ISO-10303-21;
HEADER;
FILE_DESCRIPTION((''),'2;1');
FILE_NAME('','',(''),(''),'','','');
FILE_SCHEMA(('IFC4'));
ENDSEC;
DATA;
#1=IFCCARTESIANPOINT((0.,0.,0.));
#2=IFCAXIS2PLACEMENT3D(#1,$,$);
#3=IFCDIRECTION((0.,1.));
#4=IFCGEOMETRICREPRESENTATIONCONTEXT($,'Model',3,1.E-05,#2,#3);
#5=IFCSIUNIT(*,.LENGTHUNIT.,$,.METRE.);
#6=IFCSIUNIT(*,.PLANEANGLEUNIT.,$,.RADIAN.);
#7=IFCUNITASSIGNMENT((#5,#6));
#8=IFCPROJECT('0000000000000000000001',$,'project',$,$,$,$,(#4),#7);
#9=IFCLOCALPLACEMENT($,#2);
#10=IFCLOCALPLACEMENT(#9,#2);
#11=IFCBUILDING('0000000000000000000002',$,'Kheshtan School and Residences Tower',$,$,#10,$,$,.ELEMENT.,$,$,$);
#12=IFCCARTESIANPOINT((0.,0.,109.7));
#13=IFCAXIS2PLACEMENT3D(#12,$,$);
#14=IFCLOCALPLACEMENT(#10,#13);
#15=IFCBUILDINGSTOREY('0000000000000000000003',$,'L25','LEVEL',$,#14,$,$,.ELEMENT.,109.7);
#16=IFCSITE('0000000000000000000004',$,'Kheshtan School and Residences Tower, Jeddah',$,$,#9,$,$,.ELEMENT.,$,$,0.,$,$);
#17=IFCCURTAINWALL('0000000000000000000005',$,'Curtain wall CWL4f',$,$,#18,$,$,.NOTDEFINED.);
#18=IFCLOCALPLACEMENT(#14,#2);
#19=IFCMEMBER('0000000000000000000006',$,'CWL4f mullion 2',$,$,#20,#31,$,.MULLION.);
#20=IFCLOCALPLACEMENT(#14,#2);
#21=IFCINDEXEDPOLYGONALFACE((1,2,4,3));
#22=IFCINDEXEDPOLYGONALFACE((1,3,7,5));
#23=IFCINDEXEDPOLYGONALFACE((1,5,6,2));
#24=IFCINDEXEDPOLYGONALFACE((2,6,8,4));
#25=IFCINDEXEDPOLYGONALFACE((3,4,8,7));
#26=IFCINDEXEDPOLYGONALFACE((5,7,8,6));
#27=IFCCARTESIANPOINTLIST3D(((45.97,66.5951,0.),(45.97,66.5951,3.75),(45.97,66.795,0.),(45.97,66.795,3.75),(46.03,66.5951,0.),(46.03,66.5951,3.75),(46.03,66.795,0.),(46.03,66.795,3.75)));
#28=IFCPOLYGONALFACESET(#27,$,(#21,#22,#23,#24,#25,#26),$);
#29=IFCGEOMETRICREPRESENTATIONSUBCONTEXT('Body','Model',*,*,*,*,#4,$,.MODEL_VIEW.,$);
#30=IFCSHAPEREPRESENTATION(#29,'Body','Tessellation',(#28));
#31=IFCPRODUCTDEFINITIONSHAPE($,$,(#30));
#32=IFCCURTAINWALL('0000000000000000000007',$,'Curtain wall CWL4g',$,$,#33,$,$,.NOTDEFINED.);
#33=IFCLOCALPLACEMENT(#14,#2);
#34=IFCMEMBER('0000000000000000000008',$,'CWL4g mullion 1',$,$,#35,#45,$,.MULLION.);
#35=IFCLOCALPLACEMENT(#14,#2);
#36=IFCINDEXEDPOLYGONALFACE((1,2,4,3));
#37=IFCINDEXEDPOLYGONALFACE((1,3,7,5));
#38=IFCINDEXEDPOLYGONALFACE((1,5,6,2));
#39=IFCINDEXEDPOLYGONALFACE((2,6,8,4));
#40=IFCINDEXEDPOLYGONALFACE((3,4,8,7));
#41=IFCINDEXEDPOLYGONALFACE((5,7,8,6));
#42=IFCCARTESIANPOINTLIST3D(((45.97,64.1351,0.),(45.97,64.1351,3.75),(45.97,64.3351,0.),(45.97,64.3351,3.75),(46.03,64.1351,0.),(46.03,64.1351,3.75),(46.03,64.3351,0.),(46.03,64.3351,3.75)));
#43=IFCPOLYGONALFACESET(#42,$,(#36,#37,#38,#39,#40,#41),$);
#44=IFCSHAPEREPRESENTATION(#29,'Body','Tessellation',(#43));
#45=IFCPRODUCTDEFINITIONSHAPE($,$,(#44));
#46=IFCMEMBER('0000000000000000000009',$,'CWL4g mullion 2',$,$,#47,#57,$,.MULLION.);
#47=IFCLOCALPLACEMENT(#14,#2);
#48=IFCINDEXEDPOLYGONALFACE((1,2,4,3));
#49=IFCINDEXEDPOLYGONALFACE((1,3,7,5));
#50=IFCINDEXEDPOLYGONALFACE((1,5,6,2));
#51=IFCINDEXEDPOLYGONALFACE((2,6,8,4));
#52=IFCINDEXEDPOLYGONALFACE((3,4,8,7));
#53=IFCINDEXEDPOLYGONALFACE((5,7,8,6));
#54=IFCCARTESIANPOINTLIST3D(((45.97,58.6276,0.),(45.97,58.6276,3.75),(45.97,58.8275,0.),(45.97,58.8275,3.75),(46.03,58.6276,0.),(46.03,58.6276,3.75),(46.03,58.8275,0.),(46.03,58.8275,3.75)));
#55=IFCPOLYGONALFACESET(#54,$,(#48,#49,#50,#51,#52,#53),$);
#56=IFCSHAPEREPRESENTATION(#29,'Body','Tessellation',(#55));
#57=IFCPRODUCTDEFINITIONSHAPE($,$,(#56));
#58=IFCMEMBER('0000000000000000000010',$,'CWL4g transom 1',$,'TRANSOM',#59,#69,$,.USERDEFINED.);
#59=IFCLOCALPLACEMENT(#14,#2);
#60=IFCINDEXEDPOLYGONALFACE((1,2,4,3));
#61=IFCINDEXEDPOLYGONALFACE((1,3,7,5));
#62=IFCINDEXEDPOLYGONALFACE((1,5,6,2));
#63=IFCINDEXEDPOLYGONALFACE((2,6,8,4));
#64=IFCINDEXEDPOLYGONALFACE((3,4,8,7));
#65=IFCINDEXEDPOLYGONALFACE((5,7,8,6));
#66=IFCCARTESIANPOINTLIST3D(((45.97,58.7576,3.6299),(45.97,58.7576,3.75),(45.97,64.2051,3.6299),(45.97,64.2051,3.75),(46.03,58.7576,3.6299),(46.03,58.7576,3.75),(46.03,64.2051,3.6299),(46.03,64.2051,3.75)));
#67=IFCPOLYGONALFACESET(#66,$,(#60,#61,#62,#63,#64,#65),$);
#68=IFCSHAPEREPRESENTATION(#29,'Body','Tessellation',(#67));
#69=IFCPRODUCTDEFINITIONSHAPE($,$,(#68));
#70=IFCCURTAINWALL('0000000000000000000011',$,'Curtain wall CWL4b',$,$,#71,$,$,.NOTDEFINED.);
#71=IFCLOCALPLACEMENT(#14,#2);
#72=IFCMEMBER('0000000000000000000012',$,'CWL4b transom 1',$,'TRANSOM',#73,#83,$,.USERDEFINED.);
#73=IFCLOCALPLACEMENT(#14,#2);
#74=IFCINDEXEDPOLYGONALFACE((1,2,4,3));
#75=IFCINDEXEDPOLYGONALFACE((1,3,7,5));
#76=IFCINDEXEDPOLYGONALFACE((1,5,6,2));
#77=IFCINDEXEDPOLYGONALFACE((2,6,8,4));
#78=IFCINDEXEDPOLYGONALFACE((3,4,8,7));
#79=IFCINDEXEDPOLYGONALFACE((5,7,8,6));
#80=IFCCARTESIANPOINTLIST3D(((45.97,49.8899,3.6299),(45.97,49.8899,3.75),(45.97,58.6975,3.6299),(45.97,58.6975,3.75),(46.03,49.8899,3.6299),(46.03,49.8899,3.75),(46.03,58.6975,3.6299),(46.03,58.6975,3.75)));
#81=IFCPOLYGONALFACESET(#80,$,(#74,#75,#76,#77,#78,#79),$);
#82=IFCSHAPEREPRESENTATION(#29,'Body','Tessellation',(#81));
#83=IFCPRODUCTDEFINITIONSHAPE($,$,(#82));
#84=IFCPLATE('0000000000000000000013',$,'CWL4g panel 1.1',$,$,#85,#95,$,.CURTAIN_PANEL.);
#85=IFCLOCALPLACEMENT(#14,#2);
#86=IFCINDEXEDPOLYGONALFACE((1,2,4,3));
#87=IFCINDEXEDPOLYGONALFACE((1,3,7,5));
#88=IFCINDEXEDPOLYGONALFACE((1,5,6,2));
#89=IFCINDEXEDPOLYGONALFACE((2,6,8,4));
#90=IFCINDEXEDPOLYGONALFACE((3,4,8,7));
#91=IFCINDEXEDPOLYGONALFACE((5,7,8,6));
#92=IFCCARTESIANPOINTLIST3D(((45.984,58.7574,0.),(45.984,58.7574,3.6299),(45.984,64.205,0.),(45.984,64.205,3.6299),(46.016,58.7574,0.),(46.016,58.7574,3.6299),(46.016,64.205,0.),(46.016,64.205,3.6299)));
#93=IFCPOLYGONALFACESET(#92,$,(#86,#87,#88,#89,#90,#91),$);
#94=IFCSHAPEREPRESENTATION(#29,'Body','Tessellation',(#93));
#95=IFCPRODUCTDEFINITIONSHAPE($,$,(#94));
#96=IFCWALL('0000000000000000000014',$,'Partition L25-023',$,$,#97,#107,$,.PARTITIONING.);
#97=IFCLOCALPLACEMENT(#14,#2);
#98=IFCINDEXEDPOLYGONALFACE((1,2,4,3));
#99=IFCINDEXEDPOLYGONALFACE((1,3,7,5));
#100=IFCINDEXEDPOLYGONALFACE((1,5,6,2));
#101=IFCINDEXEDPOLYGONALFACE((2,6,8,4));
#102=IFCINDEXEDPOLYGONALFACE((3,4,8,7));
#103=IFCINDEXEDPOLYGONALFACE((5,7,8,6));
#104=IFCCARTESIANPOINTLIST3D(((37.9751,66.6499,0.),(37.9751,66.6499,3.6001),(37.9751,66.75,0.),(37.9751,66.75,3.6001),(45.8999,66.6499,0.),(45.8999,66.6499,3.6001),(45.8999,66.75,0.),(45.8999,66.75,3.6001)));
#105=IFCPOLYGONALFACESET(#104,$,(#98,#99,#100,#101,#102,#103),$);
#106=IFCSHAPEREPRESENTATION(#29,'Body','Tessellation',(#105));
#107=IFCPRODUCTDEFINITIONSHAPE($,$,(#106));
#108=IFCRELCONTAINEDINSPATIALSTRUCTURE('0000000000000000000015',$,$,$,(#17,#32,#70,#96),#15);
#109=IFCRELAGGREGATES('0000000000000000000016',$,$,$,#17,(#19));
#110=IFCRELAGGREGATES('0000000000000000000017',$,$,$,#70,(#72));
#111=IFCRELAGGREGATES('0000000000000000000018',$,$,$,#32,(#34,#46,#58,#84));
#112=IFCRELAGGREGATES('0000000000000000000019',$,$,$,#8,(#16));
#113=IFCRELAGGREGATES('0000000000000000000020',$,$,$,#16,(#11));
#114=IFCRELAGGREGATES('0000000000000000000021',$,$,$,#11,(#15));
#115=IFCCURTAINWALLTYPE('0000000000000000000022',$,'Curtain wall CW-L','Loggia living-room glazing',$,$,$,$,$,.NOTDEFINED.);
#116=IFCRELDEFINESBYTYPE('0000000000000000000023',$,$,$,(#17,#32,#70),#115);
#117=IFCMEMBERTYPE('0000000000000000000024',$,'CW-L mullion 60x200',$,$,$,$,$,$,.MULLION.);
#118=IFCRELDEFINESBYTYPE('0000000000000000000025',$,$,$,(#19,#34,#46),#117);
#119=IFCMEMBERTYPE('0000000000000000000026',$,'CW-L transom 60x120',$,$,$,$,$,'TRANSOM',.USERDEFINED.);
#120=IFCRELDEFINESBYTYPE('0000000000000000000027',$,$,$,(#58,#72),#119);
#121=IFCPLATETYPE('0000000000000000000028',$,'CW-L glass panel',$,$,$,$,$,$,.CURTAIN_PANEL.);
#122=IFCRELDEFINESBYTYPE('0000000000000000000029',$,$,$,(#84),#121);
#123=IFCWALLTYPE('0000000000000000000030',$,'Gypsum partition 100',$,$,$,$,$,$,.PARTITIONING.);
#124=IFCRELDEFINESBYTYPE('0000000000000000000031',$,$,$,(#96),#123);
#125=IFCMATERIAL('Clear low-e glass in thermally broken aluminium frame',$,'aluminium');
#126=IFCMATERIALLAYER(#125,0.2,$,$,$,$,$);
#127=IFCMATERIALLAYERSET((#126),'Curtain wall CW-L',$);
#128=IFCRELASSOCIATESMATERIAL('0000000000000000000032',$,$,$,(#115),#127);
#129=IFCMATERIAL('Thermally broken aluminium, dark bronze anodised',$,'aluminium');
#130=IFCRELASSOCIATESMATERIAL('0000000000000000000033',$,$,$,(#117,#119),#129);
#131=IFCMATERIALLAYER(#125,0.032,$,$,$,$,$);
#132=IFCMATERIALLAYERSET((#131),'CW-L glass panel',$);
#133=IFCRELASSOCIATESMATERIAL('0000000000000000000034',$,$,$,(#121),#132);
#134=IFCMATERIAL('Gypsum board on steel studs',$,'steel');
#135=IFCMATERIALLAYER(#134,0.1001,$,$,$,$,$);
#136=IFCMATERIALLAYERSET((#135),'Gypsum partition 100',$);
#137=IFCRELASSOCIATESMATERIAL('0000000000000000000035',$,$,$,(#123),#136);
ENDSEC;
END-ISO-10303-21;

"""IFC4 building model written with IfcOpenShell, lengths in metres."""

from ifc_helpers import new_model, si_unit, direction, frame, frame_2d, origin, origin_2d, place, context, subcontext, project, spatial, rectangle, extrude, material, layer, layer_set, material_profile, profile_set, type_object, element, aggregate, save


model = new_model("IFC4")

# Units and contexts
model_context = context("Model", 3, precision=1e-05, world=origin(), true_north=direction((0.0, 1.0)))
body_context = subcontext(model_context, "Body", "Model", "MODEL_VIEW")
ifc_project = project(units=[si_unit("LENGTHUNIT", "METRE"), si_unit("PLANEANGLEUNIT", "RADIAN")], contexts=[model_context])

# Site, building, storey
site_placement = place(None, origin())
site = spatial("IfcSite", under=ifc_project, at=site_placement, Name="Kheshtan School and Residences Tower, Jeddah", CompositionType="ELEMENT", RefElevation=0.0)
building_placement = place(site_placement, origin())
building = spatial("IfcBuilding", under=site, at=building_placement, Name="Kheshtan School and Residences Tower", CompositionType="ELEMENT")
storey_placement = place(building_placement, frame((0.0, 0.0, 109.7)))
storey = spatial("IfcBuildingStorey", under=building, at=storey_placement, Name="L25", Description="LEVEL", CompositionType="ELEMENT", Elevation=109.7)

# Curtain wall, member
ifc_material_1 = material(Name="Clear low-e glass in thermally broken aluminium frame", Category="aluminium")
ifc_layer_1 = layer(ifc_material_1, 0.2)
ifc_layer_set_1 = layer_set([ifc_layer_1], Name="Curtain wall CW-L")
curtain_wall_type = type_object("IfcCurtainWallType", Name="Curtain wall CW-L", Description="Loggia living-room glazing", PredefinedType="NOTDEFINED", material=ifc_layer_set_1)
curtain_wall_1_placement = place(storey_placement, origin())
curtain_wall_1 = element("IfcCurtainWall", 1, at=curtain_wall_1_placement, inside=storey, type_object=curtain_wall_type, Name="Curtain wall CWL4f", PredefinedType="NOTDEFINED")
ifc_material_2 = material(Name="Thermally broken aluminium, dark bronze anodised", Category="aluminium")
ifc_material_profile_1 = material_profile(ifc_material_2, rectangle(XDim=0.0601, YDim=0.2, at=origin_2d()), Name="CW-L mullion 60x200")
ifc_profile_set_1 = profile_set([ifc_material_profile_1], Name="Thermally broken aluminium, dark bronze anodised")
member_type_1 = type_object("IfcMemberType", Name="CW-L mullion 60x200", PredefinedType="MULLION", material=ifc_profile_set_1)
member_1_placement = place(storey_placement, frame((46.0, 66.6951, 0.0), z_axis=(0.0, 0.0, 1.0), x_axis=(1.0, 0.0, 0.0)))
member_1 = element("IfcMember", 2, at=member_1_placement, type_object=member_type_1, Name="CWL4f mullion 2", PredefinedType="MULLION", context=body_context, shape_type="SweptSolid", body=[
    extrude(rectangle(XDim=0.0601, YDim=0.2, at=origin_2d()), origin(), (0.0, 0.0, 1.0), 3.75),
])
aggregate(curtain_wall_1, [member_1])

# Curtain wall, members
curtain_wall_2_placement = place(storey_placement, origin())
curtain_wall_2 = element("IfcCurtainWall", 3, at=curtain_wall_2_placement, inside=storey, type_object=curtain_wall_type, Name="Curtain wall CWL4g", PredefinedType="NOTDEFINED")
member_2_placement = place(storey_placement, frame((46.0, 64.2351, 0.0), z_axis=(0.0, 0.0, 1.0), x_axis=(1.0, 0.0, 0.0)))
member_2 = element("IfcMember", 4, at=member_2_placement, type_object=member_type_1, Name="CWL4g mullion 1", PredefinedType="MULLION", context=body_context, shape_type="SweptSolid", body=[
    extrude(rectangle(XDim=0.0601, YDim=0.2, at=origin_2d()), origin(), (0.0, 0.0, 1.0), 3.75),
])
member_3_placement = place(storey_placement, frame((46.0, 58.7275, 0.0), z_axis=(0.0, 0.0, 1.0), x_axis=(1.0, 0.0, 0.0)))
member_3 = element("IfcMember", 5, at=member_3_placement, type_object=member_type_1, Name="CWL4g mullion 2", PredefinedType="MULLION", context=body_context, shape_type="SweptSolid", body=[
    extrude(rectangle(XDim=0.0601, YDim=0.2, at=origin_2d()), origin(), (0.0, 0.0, 1.0), 3.75),
])
ifc_material_profile_2 = material_profile(ifc_material_2, rectangle(XDim=0.0601, YDim=0.1201, at=origin_2d()), Name="CW-L transom 60x120")
ifc_profile_set_2 = profile_set([ifc_material_profile_2], Name="Thermally broken aluminium, dark bronze anodised")
member_type_2 = type_object("IfcMemberType", Name="CW-L transom 60x120", ElementType="TRANSOM", PredefinedType="USERDEFINED", material=ifc_profile_set_2)
member_4_placement = place(storey_placement, frame((46.0, 64.2051, 3.6899), z_axis=(0.0, -1.0, 0.0), x_axis=(1.0, 0.0, 0.0)))
member_4 = element("IfcMember", 6, at=member_4_placement, type_object=member_type_2, Name="CWL4g transom 1", ObjectType="TRANSOM", PredefinedType="USERDEFINED", context=body_context, shape_type="SweptSolid", body=[
    extrude(rectangle(XDim=0.0601, YDim=0.1201, at=origin_2d()), origin(), (0.0, 0.0, 1.0), 5.4475),
])

# Curtain wall, member
curtain_wall_3_placement = place(storey_placement, origin())
curtain_wall_3 = element("IfcCurtainWall", 7, at=curtain_wall_3_placement, inside=storey, type_object=curtain_wall_type, Name="Curtain wall CWL4b", PredefinedType="NOTDEFINED")
member_5_placement = place(storey_placement, frame((46.0, 58.6975, 3.6899), z_axis=(0.0, -1.0, 0.0), x_axis=(1.0, 0.0, 0.0)))
member_5 = element("IfcMember", 8, at=member_5_placement, type_object=member_type_2, Name="CWL4b transom 1", ObjectType="TRANSOM", PredefinedType="USERDEFINED", context=body_context, shape_type="SweptSolid", body=[
    extrude(rectangle(XDim=0.0601, YDim=0.1201, at=origin_2d()), origin(), (0.0, 0.0, 1.0), 8.8076),
])
aggregate(curtain_wall_3, [member_5])

# Plate
ifc_layer_2 = layer(ifc_material_1, 0.032)
ifc_layer_set_2 = layer_set([ifc_layer_2], Name="CW-L glass panel")
plate_type = type_object("IfcPlateType", Name="CW-L glass panel", PredefinedType="CURTAIN_PANEL", material=ifc_layer_set_2)
plate_placement = place(storey_placement, frame((46.0, 61.4812, 0.0), z_axis=(0.0, 0.0, 1.0), x_axis=(0.0, -1.0, 0.0)))
plate = element("IfcPlate", 9, at=plate_placement, type_object=plate_type, Name="CWL4g panel 1.1", PredefinedType="CURTAIN_PANEL", context=body_context, shape_type="SweptSolid", body=[
    extrude(rectangle(XDim=5.4475, YDim=0.032, at=origin_2d()), origin(), (0.0, 0.0, 1.0), 3.6299),
])
aggregate(curtain_wall_2, [member_2, member_3, member_4, plate])

# Wall
ifc_material_3 = material(Name="Gypsum board on steel studs", Category="steel")
ifc_layer_3 = layer(ifc_material_3, 0.1001)
ifc_layer_set_3 = layer_set([ifc_layer_3], Name="Gypsum partition 100")
wall_type_1 = type_object("IfcWallType", Name="Gypsum partition 100", PredefinedType="PARTITIONING", material=ifc_layer_set_3)
wall_1_placement = place(storey_placement, frame((37.9751, 66.7, 0.0), z_axis=(0.0, 0.0, 1.0), x_axis=(1.0, 0.0, 0.0)))
element("IfcWall", 10, at=wall_1_placement, inside=storey, type_object=wall_type_1, Name="Partition L25-023", PredefinedType="PARTITIONING", context=body_context, shape_type="SweptSolid", body=[
    extrude(rectangle(XDim=7.9248, YDim=0.1001, at=frame_2d((3.9624, 0.0))), origin(), (0.0, 0.0, 1.0), 3.6001),
])

save(model, "model.ifc")
